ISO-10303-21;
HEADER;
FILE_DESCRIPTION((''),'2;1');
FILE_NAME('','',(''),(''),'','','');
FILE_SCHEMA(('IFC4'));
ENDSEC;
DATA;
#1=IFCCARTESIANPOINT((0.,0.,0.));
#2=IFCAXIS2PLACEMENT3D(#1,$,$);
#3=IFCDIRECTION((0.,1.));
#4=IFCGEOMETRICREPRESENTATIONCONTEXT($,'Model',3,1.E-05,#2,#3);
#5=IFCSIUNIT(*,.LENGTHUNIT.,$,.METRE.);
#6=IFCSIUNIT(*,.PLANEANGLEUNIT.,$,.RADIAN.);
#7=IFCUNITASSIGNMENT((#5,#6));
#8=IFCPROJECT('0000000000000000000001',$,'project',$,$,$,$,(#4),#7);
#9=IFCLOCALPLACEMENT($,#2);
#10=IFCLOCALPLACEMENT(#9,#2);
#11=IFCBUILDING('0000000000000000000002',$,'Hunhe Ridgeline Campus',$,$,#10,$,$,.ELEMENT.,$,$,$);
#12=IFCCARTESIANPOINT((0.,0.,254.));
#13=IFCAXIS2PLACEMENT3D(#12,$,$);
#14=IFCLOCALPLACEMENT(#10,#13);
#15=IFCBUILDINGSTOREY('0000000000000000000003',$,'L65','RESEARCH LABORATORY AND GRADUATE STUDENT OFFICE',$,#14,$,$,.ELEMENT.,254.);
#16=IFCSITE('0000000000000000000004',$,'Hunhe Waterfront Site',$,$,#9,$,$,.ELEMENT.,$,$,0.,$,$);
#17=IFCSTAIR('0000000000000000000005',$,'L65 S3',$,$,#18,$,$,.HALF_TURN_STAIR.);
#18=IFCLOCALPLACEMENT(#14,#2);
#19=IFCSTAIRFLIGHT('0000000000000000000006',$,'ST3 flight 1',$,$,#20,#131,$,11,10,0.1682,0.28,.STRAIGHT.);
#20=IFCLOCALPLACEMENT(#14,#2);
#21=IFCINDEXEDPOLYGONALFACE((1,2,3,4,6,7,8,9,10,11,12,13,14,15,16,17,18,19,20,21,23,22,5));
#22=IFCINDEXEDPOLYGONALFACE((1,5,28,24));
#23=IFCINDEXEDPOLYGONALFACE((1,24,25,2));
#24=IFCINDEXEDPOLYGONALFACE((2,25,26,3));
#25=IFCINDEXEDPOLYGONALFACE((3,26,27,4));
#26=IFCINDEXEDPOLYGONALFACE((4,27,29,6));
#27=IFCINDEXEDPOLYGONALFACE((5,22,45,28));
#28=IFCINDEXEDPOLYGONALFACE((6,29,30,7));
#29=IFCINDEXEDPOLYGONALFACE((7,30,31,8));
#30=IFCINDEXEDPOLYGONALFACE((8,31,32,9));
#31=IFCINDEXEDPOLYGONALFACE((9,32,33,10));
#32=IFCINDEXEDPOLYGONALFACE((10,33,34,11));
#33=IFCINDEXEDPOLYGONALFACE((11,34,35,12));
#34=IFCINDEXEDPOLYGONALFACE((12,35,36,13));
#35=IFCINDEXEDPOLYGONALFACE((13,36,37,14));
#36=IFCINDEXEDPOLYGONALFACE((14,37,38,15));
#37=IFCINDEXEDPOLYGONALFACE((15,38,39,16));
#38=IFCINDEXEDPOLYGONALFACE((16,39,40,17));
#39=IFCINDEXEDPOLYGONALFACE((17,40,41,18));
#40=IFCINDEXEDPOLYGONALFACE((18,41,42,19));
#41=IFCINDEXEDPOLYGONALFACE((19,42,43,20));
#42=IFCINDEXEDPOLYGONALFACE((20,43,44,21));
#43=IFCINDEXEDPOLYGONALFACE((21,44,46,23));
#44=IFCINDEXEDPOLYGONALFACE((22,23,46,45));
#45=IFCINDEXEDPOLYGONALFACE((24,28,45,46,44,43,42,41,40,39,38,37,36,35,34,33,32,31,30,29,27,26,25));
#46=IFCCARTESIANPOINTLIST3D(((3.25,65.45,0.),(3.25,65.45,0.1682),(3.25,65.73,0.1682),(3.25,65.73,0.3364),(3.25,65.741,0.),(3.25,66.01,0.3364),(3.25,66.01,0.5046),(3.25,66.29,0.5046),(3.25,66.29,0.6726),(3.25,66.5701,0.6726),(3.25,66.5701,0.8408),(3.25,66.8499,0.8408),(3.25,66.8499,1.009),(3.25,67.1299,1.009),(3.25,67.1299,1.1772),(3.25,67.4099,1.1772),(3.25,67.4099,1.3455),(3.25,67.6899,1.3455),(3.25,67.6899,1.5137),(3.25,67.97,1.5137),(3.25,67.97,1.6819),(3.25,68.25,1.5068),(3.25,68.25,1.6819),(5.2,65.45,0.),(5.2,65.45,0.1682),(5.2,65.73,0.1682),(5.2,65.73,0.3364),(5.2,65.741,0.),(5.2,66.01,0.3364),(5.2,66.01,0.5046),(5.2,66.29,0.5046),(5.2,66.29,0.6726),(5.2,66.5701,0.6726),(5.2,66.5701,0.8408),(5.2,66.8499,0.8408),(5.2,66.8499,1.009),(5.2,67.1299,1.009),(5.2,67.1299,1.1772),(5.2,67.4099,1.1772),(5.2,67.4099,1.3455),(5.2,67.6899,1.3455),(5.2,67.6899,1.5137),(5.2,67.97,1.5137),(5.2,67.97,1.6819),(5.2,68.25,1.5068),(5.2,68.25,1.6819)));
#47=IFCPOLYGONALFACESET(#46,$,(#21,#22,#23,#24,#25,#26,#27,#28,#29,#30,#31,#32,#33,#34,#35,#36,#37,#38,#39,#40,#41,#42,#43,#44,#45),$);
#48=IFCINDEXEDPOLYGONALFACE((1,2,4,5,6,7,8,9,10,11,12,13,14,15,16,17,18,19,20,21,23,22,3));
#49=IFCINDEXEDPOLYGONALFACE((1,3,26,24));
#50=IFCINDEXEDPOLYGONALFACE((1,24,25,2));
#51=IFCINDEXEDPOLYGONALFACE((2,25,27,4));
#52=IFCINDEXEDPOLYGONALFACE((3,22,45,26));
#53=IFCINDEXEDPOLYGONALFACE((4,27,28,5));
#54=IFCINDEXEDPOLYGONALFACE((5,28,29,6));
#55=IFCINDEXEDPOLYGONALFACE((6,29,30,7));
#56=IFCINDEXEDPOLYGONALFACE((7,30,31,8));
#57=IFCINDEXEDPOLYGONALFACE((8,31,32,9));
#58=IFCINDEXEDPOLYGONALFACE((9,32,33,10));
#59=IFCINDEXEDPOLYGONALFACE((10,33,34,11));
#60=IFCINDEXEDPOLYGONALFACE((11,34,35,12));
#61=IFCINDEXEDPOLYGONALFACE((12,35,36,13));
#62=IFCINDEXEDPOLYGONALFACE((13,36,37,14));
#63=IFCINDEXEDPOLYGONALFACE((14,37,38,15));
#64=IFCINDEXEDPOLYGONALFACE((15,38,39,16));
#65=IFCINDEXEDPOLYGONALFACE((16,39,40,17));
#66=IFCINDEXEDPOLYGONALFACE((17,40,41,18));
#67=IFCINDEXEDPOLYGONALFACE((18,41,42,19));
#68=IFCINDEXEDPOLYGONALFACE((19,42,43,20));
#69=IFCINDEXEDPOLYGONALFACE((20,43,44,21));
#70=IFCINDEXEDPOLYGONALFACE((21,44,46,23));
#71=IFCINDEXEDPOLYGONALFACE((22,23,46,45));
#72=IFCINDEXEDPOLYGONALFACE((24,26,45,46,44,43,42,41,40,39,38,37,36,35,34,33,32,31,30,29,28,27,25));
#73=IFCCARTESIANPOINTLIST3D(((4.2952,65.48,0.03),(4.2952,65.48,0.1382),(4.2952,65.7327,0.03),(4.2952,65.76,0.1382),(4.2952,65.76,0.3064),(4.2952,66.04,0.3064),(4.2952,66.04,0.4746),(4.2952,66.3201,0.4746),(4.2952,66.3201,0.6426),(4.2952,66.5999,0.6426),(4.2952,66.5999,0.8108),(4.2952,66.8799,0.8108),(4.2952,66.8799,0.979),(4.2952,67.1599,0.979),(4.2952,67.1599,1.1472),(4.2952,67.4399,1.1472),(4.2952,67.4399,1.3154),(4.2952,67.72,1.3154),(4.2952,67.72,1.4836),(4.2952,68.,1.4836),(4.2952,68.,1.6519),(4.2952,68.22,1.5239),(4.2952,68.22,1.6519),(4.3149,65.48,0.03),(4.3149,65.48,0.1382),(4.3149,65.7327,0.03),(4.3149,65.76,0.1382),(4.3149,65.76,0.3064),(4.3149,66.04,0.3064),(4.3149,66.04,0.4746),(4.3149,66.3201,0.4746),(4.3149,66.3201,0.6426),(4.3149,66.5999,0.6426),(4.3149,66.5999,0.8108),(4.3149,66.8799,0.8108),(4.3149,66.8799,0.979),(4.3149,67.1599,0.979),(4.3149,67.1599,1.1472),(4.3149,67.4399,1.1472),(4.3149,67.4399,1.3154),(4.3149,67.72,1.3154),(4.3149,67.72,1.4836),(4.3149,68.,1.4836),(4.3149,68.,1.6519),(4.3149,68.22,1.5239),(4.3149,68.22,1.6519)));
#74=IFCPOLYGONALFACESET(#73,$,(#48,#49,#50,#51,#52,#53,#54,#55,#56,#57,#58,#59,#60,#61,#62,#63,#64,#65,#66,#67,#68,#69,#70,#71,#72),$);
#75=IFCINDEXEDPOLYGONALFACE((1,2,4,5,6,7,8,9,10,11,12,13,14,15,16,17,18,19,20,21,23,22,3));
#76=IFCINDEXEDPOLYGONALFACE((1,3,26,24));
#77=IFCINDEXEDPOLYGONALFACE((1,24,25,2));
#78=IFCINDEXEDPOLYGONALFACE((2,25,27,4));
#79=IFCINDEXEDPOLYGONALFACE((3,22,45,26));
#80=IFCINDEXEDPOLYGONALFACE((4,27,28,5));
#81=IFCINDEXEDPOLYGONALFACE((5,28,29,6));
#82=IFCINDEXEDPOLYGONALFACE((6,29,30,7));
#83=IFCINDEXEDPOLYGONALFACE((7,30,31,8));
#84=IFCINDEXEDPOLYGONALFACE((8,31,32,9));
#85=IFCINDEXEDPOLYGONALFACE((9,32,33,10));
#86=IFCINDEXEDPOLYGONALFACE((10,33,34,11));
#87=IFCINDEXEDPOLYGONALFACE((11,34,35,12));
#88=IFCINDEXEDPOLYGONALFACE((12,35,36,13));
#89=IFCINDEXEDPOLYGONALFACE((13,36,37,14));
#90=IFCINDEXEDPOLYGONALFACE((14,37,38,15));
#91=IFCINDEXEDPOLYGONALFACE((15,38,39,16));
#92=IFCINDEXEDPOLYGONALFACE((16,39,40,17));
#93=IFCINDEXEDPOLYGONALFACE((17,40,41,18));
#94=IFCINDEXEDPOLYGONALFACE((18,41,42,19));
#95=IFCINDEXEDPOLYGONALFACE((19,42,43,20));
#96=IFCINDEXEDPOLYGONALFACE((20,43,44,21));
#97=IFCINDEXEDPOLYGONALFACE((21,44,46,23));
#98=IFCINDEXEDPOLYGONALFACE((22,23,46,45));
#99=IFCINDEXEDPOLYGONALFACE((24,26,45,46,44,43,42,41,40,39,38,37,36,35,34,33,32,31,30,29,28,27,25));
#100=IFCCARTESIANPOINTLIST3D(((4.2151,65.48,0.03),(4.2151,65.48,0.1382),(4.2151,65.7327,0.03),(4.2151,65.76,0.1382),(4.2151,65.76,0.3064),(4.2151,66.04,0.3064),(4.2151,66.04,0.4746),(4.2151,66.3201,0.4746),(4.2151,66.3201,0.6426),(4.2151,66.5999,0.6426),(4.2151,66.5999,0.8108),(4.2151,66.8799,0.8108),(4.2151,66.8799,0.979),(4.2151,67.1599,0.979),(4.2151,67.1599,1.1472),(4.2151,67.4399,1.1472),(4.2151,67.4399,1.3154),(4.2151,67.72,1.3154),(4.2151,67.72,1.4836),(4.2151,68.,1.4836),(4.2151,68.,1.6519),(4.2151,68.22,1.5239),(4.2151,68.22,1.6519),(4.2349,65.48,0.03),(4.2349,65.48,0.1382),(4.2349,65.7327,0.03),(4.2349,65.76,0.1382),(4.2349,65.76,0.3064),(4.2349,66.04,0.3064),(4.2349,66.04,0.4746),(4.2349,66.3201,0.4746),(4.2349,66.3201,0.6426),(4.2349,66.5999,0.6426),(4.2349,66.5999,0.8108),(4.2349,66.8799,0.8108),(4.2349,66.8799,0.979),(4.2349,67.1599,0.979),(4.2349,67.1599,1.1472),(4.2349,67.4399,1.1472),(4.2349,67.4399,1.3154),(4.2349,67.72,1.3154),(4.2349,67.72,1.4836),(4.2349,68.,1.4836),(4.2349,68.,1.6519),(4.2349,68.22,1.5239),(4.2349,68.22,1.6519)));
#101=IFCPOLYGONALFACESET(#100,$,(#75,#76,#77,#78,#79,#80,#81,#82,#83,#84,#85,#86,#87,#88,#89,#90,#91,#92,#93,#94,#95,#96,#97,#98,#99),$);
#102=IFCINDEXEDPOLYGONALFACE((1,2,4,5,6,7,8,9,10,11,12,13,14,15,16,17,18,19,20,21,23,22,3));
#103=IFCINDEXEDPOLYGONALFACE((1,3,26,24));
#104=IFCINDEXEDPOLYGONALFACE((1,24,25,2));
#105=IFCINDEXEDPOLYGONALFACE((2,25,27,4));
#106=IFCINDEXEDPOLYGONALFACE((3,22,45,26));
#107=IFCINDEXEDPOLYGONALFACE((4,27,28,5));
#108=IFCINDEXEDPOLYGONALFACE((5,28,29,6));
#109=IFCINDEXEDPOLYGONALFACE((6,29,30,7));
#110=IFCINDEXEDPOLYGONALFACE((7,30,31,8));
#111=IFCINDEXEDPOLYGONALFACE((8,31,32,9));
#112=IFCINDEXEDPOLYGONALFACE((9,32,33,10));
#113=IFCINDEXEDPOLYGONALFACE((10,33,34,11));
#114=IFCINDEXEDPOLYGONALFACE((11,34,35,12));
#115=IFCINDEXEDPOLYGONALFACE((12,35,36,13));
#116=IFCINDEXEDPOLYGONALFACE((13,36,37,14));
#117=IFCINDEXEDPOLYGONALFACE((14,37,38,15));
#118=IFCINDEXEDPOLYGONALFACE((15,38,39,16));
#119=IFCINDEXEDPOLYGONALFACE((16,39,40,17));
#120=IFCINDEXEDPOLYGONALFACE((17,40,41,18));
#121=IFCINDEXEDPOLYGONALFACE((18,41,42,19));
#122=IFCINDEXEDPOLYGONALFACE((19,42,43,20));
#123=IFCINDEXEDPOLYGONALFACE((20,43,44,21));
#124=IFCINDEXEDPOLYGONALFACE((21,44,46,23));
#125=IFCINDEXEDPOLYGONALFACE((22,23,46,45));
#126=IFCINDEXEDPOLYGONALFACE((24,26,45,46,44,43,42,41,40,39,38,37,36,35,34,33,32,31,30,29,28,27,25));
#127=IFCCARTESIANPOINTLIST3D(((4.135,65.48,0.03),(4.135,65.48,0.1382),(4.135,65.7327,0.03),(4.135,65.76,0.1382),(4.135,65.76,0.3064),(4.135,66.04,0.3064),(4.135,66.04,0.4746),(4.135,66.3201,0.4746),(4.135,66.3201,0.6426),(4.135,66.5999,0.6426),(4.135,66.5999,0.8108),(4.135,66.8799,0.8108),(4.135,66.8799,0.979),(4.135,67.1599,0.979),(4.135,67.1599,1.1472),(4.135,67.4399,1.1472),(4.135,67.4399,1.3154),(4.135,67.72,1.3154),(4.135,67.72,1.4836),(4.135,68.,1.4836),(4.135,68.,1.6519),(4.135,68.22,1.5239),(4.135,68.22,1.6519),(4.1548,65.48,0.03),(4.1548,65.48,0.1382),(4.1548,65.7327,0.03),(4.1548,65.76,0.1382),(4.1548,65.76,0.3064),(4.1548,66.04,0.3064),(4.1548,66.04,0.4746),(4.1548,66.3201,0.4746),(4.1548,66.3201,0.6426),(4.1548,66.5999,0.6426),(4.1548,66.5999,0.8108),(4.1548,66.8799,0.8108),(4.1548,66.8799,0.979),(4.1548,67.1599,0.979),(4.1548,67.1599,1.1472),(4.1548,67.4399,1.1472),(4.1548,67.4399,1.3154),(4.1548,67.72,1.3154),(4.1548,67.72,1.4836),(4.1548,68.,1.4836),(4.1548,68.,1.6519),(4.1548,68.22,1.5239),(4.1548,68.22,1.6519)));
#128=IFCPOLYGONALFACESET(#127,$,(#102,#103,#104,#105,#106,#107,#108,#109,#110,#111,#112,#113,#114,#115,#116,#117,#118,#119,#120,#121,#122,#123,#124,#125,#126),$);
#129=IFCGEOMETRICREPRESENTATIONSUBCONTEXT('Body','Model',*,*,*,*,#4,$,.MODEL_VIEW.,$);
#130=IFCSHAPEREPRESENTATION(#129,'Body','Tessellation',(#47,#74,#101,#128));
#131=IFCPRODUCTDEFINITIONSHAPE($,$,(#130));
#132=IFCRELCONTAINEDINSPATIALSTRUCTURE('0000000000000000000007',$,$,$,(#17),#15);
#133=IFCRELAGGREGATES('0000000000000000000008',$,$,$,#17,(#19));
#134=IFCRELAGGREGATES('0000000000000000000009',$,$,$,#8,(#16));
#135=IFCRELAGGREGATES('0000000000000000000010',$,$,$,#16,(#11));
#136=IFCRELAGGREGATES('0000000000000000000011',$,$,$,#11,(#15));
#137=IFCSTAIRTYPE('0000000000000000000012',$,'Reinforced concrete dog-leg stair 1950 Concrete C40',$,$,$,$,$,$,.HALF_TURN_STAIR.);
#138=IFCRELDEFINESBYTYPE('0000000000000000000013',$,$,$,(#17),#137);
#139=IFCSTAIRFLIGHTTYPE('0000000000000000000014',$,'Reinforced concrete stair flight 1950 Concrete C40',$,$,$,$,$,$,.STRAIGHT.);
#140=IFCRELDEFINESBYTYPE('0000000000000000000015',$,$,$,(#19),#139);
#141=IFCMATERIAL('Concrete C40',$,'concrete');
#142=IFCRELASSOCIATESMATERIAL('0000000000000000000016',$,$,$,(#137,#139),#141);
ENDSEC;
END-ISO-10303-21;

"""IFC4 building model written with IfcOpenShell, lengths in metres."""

from ifc_helpers import new_model, si_unit, direction, frame, origin, place, context, subcontext, project, spatial, polyline, outline, extrude, material, type_object, element, aggregate, save


model = new_model("IFC4")

# Units and contexts
model_context = context("Model", 3, precision=1e-05, world=origin(), true_north=direction((0.0, 1.0)))
body_context = subcontext(model_context, "Body", "Model", "MODEL_VIEW")
ifc_project = project(units=[si_unit("LENGTHUNIT", "METRE"), si_unit("PLANEANGLEUNIT", "RADIAN")], contexts=[model_context])

# Site, building, storey
site_placement = place(None, origin())
site = spatial("IfcSite", under=ifc_project, at=site_placement, Name="Hunhe Waterfront Site", CompositionType="ELEMENT", RefElevation=0.0)
building_placement = place(site_placement, origin())
building = spatial("IfcBuilding", under=site, at=building_placement, Name="Hunhe Ridgeline Campus", CompositionType="ELEMENT")
storey_placement = place(building_placement, frame((0.0, 0.0, 254.0)))
storey = spatial("IfcBuildingStorey", under=building, at=storey_placement, Name="L65", Description="RESEARCH LABORATORY AND GRADUATE STUDENT OFFICE", CompositionType="ELEMENT", Elevation=254.0)

# Stair, stair flight
ifc_material_1 = material(Name="Concrete C40", Category="concrete")
stair_type = type_object("IfcStairType", Name="Reinforced concrete dog-leg stair 1950 Concrete C40", PredefinedType="HALF_TURN_STAIR", material=ifc_material_1)
stair_1_placement = place(storey_placement, origin())
stair_1 = element("IfcStair", 1, at=stair_1_placement, inside=storey, type_object=stair_type, Name="L65 S3", PredefinedType="HALF_TURN_STAIR")
stair_flight_type = type_object("IfcStairFlightType", Name="Reinforced concrete stair flight 1950 Concrete C40", PredefinedType="STRAIGHT", material=ifc_material_1)
stair_flight_1_placement = place(storey_placement, frame((4.2251, 65.45, 0.0), z_axis=(0.0, 0.0, 1.0), x_axis=(0.0, 1.0, 0.0)))
stair_flight_1 = element("IfcStairFlight", 2, at=stair_flight_1_placement, type_object=stair_flight_type, Name="ST3 flight 1", NumberOfRisers=11, NumberOfTreads=10, PredefinedType="STRAIGHT", RiserHeight=0.1682, TreadLength=0.28, context=body_context, shape_type="SweptSolid", body=[
    extrude(outline(polyline([(0.0, 0.0), (0.0, 0.1682), (0.28, 0.1682), (0.28, 0.3364), (0.5601, 0.3364), (0.5601, 0.5046), (0.8401, 0.5046), (0.8401, 0.6726), (1.1201, 0.6726), (1.1201, 0.8408), (1.3999, 0.8408), (1.3999, 1.009), (1.6799, 1.009), (1.6799, 1.1772), (1.96, 1.1772), (1.96, 1.3455), (2.24, 1.3455), (2.24, 1.5137), (2.52, 1.5137), (2.52, 1.6819), (2.8, 1.6819), (2.8, 1.8501), (2.8, 1.5068), (0.291, 0.0), (0.0, 0.0)])), frame((0.0, 0.9751, 0.0), z_axis=(0.0, -1.0, 0.0), x_axis=(1.0, 0.0, 0.0)), (0.0, 0.0, 1.0), 1.95),
    extrude(outline(polyline([(0.03, 0.03), (0.03, 0.1382), (0.3101, 0.1382), (0.3101, 0.3064), (0.5901, 0.3064), (0.5901, 0.4746), (0.8701, 0.4746), (0.8701, 0.6426), (1.1499, 0.6426), (1.1499, 0.8108), (1.4299, 0.8108), (1.4299, 0.979), (1.71, 0.979), (1.71, 1.1472), (1.99, 1.1472), (1.99, 1.3154), (2.27, 1.3154), (2.27, 1.4836), (2.55, 1.4836), (2.55, 1.6519), (2.77, 1.6519), (2.77, 1.5239), (0.2827, 0.03), (0.03, 0.03)])), frame((0.0, -0.0701, 0.0), z_axis=(0.0, -1.0, 0.0), x_axis=(1.0, 0.0, 0.0)), (0.0, 0.0, 1.0), 0.0198),
    extrude(outline(polyline([(0.03, 0.03), (0.03, 0.1382), (0.3101, 0.1382), (0.3101, 0.3064), (0.5901, 0.3064), (0.5901, 0.4746), (0.8701, 0.4746), (0.8701, 0.6426), (1.1499, 0.6426), (1.1499, 0.8108), (1.4299, 0.8108), (1.4299, 0.979), (1.71, 0.979), (1.71, 1.1472), (1.99, 1.1472), (1.99, 1.3154), (2.27, 1.3154), (2.27, 1.4836), (2.55, 1.4836), (2.55, 1.6519), (2.77, 1.6519), (2.77, 1.5239), (0.2827, 0.03), (0.03, 0.03)])), frame((0.0, 0.01, 0.0), z_axis=(0.0, -1.0, 0.0), x_axis=(1.0, 0.0, 0.0)), (0.0, 0.0, 1.0), 0.0198),
    extrude(outline(polyline([(0.03, 0.03), (0.03, 0.1382), (0.3101, 0.1382), (0.3101, 0.3064), (0.5901, 0.3064), (0.5901, 0.4746), (0.8701, 0.4746), (0.8701, 0.6426), (1.1499, 0.6426), (1.1499, 0.8108), (1.4299, 0.8108), (1.4299, 0.979), (1.71, 0.979), (1.71, 1.1472), (1.99, 1.1472), (1.99, 1.3154), (2.27, 1.3154), (2.27, 1.4836), (2.55, 1.4836), (2.55, 1.6519), (2.77, 1.6519), (2.77, 1.5239), (0.2827, 0.03), (0.03, 0.03)])), frame((0.0, 0.0901, 0.0), z_axis=(0.0, -1.0, 0.0), x_axis=(1.0, 0.0, 0.0)), (0.0, 0.0, 1.0), 0.0198),
])
aggregate(stair_1, [stair_flight_1])

save(model, "model.ifc")
